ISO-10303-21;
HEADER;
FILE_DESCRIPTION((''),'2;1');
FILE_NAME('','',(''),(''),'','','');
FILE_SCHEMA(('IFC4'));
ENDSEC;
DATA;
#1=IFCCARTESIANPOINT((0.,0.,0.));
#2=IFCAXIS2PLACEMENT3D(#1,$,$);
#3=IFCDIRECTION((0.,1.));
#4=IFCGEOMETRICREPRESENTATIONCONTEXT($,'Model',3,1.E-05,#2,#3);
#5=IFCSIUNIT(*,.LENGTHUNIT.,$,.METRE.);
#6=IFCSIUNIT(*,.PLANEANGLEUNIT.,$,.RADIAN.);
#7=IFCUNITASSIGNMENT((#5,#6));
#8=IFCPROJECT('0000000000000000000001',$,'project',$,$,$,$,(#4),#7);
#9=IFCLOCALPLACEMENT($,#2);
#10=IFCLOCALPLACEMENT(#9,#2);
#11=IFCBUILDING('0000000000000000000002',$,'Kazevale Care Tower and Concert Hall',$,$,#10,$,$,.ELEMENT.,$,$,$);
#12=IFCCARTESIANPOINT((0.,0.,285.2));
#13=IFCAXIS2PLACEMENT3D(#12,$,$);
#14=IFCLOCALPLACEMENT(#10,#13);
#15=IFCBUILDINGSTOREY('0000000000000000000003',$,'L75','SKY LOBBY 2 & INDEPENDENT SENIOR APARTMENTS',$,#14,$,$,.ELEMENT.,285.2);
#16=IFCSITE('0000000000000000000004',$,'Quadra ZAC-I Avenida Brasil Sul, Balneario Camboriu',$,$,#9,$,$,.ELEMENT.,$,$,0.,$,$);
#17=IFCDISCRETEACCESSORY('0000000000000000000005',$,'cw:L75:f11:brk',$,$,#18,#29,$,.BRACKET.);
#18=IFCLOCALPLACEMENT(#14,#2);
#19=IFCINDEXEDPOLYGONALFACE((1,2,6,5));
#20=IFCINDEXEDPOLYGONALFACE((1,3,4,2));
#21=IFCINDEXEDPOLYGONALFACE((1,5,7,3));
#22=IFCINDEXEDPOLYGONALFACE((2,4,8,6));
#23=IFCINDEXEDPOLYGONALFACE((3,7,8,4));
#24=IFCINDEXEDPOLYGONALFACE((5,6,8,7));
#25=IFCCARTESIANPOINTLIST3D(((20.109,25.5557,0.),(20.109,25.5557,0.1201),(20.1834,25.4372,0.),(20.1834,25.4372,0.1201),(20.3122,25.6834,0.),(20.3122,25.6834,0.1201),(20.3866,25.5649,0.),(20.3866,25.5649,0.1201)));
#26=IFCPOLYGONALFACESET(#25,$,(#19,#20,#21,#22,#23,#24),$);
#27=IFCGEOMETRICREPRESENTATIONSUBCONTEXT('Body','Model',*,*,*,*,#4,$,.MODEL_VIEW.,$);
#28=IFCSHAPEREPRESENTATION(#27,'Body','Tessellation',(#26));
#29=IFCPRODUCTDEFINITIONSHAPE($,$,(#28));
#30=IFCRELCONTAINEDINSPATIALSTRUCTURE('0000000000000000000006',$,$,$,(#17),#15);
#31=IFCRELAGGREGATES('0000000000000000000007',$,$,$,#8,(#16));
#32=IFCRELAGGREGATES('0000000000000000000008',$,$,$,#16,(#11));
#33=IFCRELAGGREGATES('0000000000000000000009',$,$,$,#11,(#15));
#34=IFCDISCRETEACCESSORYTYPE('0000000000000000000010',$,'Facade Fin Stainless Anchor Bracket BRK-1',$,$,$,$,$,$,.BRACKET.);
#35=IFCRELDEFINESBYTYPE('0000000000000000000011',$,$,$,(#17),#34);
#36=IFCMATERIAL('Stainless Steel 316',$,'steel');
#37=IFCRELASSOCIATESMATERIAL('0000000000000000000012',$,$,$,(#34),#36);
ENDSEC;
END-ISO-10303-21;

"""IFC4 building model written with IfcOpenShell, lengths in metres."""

from ifc_helpers import new_model, si_unit, direction, frame, origin, origin_2d, place, context, subcontext, project, spatial, rectangle, extrude, material, type_object, element, save


model = new_model("IFC4")

# Units and contexts
model_context = context("Model", 3, precision=1e-05, world=origin(), true_north=direction((0.0, 1.0)))
body_context = subcontext(model_context, "Body", "Model", "MODEL_VIEW")
ifc_project = project(units=[si_unit("LENGTHUNIT", "METRE"), si_unit("PLANEANGLEUNIT", "RADIAN")], contexts=[model_context])

# Site, building, storey
site_placement = place(None, origin())
site = spatial("IfcSite", under=ifc_project, at=site_placement, Name="Quadra ZAC-I Avenida Brasil Sul, Balneario Camboriu", CompositionType="ELEMENT", RefElevation=0.0)
building_placement = place(site_placement, origin())
building = spatial("IfcBuilding", under=site, at=building_placement, Name="Kazevale Care Tower and Concert Hall", CompositionType="ELEMENT")
storey_placement = place(building_placement, frame((0.0, 0.0, 285.2)))
storey = spatial("IfcBuildingStorey", under=building, at=storey_placement, Name="L75", Description="SKY LOBBY 2 & INDEPENDENT SENIOR APARTMENTS", CompositionType="ELEMENT", Elevation=285.2)

# Shared definitions
ifc_material_1 = material(Name="Stainless Steel 316", Category="steel")

# Discrete accessory
discrete_accessory_type = type_object("IfcDiscreteAccessoryType", Name="Facade Fin Stainless Anchor Bracket BRK-1", PredefinedType="BRACKET", material=ifc_material_1)
discrete_accessory_placement = place(storey_placement, frame((20.2478, 25.5603, 0.0), z_axis=(0.0, 0.0, 1.0), x_axis=(-0.846658, -0.532138, 0.0)))
element("IfcDiscreteAccessory", 1, at=discrete_accessory_placement, inside=storey, type_object=discrete_accessory_type, Name="cw:L75:f11:brk", PredefinedType="BRACKET", context=body_context, shape_type="SweptSolid", body=[
    extrude(rectangle(XDim=0.24, YDim=0.1399, at=origin_2d()), origin(), (0.0, 0.0, 1.0), 0.1201),
])

save(model, "model.ifc")
